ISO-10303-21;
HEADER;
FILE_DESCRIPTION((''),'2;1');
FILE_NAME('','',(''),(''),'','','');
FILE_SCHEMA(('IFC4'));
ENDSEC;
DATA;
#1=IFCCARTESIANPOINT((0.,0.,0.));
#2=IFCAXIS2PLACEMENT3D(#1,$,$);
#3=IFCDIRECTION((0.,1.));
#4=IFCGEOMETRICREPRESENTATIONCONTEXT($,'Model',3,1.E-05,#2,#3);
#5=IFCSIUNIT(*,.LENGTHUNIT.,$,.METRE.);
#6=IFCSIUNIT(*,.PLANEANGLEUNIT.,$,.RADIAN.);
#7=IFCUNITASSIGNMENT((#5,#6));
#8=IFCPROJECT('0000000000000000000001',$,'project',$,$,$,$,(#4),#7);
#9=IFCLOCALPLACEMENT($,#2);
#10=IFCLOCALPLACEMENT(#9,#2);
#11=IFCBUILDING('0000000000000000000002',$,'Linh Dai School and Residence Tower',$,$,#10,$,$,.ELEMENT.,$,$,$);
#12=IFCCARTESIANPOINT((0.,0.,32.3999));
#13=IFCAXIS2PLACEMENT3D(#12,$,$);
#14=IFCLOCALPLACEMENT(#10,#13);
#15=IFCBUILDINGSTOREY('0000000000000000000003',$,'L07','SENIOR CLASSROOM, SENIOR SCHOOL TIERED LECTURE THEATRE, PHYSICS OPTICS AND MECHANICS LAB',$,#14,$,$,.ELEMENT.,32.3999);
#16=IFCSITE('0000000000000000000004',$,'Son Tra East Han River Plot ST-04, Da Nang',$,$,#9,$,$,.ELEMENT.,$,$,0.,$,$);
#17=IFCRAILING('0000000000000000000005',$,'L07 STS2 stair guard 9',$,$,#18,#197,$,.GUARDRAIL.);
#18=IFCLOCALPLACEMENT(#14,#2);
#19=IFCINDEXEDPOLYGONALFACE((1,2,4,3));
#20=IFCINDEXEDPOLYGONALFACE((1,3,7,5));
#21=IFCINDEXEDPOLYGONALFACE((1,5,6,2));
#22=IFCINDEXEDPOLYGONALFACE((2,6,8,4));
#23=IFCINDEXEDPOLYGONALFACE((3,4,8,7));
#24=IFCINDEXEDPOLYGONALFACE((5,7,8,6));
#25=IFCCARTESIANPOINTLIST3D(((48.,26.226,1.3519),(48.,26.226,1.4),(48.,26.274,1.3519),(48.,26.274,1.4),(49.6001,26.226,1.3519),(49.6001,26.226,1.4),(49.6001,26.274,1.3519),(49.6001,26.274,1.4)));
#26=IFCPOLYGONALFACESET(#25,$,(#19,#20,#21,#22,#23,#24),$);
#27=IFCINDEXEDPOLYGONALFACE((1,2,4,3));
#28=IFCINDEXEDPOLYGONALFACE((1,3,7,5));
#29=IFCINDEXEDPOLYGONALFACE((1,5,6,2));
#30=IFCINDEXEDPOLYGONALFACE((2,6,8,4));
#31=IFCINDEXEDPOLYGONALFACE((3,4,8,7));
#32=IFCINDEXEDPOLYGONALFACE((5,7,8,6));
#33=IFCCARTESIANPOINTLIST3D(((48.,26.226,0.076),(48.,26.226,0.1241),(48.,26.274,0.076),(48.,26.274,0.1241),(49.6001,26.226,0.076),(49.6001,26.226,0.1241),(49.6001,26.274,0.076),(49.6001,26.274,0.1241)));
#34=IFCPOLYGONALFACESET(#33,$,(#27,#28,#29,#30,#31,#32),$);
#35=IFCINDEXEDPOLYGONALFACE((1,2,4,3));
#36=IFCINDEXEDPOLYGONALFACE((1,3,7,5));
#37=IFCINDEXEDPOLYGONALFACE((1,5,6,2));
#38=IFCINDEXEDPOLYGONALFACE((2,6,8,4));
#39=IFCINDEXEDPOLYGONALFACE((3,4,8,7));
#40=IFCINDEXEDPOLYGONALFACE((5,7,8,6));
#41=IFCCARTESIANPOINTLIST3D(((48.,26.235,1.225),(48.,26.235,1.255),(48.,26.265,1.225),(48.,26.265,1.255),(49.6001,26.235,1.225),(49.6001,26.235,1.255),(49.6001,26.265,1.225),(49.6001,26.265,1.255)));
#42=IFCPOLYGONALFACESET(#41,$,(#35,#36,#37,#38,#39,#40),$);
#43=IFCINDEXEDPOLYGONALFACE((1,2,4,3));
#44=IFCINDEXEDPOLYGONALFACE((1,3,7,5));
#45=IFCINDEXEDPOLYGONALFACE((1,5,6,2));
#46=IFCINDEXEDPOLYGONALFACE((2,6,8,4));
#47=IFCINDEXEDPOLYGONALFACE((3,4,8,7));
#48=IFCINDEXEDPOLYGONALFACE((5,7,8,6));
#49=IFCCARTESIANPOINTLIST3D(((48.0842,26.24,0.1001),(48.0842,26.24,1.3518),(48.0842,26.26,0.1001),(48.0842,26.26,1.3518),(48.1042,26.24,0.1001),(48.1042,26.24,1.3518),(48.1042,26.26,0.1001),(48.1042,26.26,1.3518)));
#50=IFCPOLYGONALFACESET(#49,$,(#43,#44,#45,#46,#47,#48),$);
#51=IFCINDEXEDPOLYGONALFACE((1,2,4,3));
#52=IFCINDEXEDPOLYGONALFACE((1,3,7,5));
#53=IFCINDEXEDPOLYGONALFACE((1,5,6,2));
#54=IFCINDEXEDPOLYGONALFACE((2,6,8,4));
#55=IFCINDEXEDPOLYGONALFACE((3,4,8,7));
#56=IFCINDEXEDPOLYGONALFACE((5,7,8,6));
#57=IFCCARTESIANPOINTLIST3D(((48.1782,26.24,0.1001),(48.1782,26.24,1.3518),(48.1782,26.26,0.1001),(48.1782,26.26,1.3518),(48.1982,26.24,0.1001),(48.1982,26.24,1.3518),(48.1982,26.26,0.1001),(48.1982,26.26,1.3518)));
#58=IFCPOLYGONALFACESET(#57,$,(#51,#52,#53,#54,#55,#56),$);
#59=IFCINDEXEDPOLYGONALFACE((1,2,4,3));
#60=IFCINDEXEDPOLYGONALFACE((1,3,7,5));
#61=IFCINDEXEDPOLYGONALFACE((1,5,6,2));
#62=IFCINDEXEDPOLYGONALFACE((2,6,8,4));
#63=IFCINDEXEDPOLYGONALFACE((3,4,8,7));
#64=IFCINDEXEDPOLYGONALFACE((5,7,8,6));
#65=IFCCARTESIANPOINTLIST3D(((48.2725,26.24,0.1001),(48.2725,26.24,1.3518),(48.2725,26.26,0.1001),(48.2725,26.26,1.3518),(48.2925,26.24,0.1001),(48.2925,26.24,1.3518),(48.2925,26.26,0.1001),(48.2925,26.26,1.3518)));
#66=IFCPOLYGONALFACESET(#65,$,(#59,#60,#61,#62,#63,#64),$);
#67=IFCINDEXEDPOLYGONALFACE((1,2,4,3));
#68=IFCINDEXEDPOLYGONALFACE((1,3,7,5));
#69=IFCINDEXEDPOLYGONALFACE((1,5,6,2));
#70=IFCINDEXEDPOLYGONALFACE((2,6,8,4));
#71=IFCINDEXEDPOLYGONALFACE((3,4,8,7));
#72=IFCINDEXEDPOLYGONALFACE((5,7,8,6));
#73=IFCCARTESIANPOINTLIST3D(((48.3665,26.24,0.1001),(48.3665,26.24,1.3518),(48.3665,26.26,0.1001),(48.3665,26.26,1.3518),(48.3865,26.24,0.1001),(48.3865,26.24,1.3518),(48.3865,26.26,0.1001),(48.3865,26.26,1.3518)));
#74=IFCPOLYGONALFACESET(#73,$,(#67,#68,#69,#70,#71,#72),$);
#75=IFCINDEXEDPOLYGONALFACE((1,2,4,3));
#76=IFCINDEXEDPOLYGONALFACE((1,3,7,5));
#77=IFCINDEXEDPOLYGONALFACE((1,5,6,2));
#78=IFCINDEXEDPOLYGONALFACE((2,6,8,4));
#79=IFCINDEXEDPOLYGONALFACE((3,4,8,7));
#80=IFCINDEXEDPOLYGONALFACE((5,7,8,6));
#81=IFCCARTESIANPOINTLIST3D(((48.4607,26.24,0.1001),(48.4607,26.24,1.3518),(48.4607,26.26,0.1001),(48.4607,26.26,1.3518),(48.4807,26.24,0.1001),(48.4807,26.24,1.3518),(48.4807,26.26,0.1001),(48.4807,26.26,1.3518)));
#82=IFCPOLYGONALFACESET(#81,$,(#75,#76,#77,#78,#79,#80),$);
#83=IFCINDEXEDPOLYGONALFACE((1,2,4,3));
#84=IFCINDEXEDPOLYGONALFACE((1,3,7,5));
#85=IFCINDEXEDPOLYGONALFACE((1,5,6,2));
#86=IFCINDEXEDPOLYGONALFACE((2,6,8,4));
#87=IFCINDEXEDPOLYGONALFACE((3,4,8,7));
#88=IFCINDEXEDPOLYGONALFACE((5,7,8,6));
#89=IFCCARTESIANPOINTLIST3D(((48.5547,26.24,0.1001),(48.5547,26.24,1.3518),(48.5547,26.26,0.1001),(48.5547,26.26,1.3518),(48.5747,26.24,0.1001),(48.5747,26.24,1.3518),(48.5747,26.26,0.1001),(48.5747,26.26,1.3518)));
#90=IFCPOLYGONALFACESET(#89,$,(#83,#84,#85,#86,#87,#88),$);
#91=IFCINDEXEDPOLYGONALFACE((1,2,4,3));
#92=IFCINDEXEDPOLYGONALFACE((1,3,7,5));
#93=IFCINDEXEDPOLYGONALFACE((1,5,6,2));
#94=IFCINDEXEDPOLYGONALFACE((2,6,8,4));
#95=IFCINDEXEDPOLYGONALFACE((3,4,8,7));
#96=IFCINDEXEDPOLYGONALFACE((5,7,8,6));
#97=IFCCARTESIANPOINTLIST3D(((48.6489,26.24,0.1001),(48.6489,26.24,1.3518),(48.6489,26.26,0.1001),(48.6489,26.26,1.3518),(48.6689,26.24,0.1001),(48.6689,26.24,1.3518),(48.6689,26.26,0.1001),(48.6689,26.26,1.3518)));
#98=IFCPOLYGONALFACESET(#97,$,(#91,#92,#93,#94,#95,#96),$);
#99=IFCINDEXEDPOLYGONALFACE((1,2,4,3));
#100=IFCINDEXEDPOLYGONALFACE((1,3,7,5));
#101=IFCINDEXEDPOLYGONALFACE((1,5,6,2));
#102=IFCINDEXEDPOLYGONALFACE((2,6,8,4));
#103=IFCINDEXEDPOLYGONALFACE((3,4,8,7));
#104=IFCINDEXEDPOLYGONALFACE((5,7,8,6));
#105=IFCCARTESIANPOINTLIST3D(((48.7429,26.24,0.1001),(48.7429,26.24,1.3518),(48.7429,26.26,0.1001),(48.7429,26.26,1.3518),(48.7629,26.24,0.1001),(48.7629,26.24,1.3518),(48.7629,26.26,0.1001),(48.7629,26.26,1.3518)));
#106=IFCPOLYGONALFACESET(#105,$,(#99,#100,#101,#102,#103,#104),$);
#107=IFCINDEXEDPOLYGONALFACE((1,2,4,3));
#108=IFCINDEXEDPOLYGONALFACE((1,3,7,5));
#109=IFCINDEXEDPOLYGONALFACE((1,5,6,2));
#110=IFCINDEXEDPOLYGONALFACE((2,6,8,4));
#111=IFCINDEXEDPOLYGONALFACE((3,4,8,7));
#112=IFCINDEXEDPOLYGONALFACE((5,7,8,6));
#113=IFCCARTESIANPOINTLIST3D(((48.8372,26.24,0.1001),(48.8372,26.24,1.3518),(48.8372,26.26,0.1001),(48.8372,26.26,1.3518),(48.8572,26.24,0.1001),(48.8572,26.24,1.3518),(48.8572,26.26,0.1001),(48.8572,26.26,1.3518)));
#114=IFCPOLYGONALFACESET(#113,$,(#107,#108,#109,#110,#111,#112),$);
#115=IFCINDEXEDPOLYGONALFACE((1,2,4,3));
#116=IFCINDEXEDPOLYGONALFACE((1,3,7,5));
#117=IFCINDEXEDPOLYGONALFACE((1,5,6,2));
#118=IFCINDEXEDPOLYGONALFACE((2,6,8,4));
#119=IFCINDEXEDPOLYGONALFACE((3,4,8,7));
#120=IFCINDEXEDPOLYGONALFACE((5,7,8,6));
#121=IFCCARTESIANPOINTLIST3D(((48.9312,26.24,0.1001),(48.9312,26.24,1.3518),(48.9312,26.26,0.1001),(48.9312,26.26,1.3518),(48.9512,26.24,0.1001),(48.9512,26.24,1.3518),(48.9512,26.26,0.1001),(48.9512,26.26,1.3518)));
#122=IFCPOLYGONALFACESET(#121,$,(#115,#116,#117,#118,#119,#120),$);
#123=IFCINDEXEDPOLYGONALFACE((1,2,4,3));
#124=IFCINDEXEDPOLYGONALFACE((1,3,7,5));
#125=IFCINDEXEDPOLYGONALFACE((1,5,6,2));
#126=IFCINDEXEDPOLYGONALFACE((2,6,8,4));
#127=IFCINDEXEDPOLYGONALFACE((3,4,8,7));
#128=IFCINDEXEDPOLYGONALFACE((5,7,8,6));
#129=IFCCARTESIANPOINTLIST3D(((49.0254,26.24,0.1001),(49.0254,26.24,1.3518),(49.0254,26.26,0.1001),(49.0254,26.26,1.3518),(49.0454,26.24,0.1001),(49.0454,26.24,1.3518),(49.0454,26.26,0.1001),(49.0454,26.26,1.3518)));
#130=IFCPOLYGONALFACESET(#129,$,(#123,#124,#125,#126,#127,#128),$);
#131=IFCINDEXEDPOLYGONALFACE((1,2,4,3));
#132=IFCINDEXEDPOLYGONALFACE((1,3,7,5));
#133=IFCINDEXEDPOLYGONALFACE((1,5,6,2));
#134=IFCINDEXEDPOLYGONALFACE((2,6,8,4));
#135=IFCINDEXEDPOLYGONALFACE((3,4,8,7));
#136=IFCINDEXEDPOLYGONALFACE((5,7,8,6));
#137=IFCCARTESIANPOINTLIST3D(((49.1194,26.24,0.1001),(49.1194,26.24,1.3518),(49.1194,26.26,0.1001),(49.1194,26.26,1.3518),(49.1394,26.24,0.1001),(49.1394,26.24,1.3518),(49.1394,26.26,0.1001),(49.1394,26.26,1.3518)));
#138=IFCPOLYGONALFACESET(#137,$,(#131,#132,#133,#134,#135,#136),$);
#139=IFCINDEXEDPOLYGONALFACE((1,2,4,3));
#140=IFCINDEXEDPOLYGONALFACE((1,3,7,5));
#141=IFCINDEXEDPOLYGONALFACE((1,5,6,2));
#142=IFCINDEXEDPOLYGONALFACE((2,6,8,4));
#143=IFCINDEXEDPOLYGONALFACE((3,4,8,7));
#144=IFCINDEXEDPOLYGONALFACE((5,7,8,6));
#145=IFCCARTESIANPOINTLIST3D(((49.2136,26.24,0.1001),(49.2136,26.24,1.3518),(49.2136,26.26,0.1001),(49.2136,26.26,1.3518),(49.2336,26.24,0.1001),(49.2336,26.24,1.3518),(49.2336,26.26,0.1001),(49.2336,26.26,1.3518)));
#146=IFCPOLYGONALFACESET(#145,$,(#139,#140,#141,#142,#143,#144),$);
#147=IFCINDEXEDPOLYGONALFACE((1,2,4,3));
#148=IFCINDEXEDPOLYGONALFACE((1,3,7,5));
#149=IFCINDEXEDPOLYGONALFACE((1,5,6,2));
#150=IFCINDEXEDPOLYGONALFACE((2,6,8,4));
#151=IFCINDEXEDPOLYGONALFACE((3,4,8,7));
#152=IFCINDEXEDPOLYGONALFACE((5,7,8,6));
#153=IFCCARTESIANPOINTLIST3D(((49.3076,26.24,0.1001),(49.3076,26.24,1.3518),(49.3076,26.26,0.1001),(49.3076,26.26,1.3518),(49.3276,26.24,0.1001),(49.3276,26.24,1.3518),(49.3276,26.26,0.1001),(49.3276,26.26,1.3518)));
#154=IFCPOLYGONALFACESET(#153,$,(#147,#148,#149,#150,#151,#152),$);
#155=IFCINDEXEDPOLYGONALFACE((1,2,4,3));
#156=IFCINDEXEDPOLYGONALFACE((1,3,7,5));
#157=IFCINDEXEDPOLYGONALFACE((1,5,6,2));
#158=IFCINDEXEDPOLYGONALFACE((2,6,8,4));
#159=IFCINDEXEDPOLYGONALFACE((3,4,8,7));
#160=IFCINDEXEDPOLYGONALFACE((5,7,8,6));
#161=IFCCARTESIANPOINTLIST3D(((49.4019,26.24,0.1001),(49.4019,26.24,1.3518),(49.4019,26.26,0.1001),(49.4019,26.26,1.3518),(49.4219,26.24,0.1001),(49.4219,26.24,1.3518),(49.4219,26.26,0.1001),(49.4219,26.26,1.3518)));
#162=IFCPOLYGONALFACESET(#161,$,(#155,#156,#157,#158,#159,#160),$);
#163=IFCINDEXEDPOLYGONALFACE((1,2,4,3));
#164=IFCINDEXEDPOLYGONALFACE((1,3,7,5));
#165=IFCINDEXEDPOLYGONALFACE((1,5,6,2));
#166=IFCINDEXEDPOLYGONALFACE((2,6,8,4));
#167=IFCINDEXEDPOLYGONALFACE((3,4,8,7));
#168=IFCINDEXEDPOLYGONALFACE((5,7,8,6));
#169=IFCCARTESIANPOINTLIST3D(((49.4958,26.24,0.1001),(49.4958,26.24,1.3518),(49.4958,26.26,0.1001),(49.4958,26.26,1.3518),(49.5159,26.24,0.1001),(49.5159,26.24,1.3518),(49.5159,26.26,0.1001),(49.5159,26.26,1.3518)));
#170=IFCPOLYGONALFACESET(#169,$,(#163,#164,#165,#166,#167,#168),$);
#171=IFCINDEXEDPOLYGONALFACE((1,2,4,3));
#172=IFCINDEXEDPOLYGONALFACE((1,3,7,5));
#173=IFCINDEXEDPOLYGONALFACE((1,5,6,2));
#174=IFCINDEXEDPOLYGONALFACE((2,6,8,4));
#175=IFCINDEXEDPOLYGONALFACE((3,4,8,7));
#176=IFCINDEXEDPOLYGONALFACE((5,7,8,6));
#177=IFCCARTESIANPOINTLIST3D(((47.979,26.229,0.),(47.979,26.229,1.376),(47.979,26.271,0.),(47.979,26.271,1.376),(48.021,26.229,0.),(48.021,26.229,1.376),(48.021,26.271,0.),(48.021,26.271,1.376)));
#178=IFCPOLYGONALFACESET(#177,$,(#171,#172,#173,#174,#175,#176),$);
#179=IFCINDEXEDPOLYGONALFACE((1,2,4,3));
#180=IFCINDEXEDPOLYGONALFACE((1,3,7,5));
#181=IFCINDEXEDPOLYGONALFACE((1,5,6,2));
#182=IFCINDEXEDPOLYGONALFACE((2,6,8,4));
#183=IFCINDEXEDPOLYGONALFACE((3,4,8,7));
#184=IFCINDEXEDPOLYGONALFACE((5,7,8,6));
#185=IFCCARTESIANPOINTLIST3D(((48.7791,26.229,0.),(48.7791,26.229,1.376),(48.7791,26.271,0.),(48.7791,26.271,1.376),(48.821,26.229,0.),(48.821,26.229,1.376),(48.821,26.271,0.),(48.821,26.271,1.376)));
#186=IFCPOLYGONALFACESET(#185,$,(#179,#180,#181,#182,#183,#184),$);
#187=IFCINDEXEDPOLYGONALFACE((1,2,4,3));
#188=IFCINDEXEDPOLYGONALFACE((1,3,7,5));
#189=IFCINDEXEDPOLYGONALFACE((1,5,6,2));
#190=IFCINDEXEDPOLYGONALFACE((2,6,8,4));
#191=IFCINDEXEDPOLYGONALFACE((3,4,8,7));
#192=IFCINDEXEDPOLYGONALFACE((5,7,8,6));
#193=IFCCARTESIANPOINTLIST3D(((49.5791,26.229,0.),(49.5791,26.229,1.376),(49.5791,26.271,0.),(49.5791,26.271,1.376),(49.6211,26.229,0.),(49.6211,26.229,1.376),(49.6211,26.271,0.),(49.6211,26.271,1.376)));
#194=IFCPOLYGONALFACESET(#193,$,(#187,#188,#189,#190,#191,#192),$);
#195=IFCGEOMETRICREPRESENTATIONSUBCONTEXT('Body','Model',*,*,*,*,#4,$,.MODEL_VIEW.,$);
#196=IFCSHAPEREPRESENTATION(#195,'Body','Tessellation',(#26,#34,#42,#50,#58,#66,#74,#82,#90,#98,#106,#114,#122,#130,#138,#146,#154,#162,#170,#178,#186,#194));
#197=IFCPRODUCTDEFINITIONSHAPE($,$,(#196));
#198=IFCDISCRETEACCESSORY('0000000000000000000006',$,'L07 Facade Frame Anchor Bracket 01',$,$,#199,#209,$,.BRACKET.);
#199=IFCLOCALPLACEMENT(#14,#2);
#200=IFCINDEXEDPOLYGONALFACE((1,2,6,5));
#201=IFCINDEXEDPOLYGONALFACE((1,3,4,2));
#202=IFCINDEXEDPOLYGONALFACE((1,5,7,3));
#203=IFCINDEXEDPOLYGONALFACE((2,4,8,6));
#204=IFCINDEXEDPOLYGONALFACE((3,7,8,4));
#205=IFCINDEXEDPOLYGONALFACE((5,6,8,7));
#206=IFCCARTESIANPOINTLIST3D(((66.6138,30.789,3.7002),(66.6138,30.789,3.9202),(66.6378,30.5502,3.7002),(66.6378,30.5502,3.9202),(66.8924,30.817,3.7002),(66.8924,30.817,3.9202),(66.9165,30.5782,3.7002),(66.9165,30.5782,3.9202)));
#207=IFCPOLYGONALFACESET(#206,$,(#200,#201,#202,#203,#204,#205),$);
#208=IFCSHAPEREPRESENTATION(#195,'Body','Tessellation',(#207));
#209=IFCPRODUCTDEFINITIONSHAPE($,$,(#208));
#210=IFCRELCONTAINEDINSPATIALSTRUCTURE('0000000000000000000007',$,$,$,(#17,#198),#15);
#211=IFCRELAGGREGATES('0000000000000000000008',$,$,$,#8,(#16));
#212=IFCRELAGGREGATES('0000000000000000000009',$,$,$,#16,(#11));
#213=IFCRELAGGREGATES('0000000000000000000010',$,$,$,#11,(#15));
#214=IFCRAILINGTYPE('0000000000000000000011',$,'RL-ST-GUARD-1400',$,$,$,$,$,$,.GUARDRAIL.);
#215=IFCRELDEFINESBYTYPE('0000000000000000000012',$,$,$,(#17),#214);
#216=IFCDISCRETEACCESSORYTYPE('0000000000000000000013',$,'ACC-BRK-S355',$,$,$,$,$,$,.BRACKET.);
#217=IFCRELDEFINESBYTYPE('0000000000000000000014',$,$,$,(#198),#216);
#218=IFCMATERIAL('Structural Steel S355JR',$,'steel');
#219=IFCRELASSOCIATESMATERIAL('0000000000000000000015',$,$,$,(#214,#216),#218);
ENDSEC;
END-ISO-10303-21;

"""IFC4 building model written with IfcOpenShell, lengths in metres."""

from ifc_helpers import new_model, si_unit, direction, frame, origin, origin_2d, place, context, subcontext, project, spatial, rectangle, extrude, source, transform, mapped, material, type_object, element, save


model = new_model("IFC4")

# Units and contexts
model_context = context("Model", 3, precision=1e-05, world=origin(), true_north=direction((0.0, 1.0)))
body_context = subcontext(model_context, "Body", "Model", "MODEL_VIEW")
ifc_project = project(units=[si_unit("LENGTHUNIT", "METRE"), si_unit("PLANEANGLEUNIT", "RADIAN")], contexts=[model_context])

# Site, building, storey
site_placement = place(None, origin())
site = spatial("IfcSite", under=ifc_project, at=site_placement, Name="Son Tra East Han River Plot ST-04, Da Nang", CompositionType="ELEMENT", RefElevation=0.0)
building_placement = place(site_placement, origin())
building = spatial("IfcBuilding", under=site, at=building_placement, Name="Linh Dai School and Residence Tower", CompositionType="ELEMENT")
storey_placement = place(building_placement, frame((0.0, 0.0, 32.3999)))
storey = spatial("IfcBuildingStorey", under=building, at=storey_placement, Name="L07", Description="SENIOR CLASSROOM, SENIOR SCHOOL TIERED LECTURE THEATRE, PHYSICS OPTICS AND MECHANICS LAB", CompositionType="ELEMENT", Elevation=32.3999)

# Shared definitions
ifc_material_1 = material(Name="Structural Steel S355JR", Category="steel")

# Railing
railing_type_1 = type_object("IfcRailingType", Name="RL-ST-GUARD-1400", PredefinedType="GUARDRAIL", material=ifc_material_1)
shared_shape_1 = source(origin(), body_context, "Body", "SweptSolid", [
    extrude(rectangle(XDim=0.0481, YDim=0.0481, at=origin_2d()), frame((0.0, 0.0, 1.376), z_axis=(1.0, 0.0, 0.0), x_axis=(0.0, 1.0, 0.0)), (0.0, 0.0, 1.0), 1.6001),
    extrude(rectangle(XDim=0.0481, YDim=0.0481, at=origin_2d()), frame((0.0, 0.0, 0.1001), z_axis=(1.0, 0.0, 0.0), x_axis=(0.0, 1.0, 0.0)), (0.0, 0.0, 1.0), 1.6001),
    extrude(rectangle(XDim=0.03, YDim=0.03, at=origin_2d()), frame((0.0, 0.0, 1.24), z_axis=(1.0, 0.0, 0.0), x_axis=(0.0, 1.0, 0.0)), (0.0, 0.0, 1.0), 1.6001),
    extrude(rectangle(XDim=0.02, YDim=0.02, at=origin_2d()), frame((0.0942, 0.0, 0.1001)), (0.0, 0.0, 1.0), 1.2517),
    extrude(rectangle(XDim=0.02, YDim=0.02, at=origin_2d()), frame((0.1882, 0.0, 0.1001)), (0.0, 0.0, 1.0), 1.2517),
    extrude(rectangle(XDim=0.02, YDim=0.02, at=origin_2d()), frame((0.2825, 0.0, 0.1001)), (0.0, 0.0, 1.0), 1.2517),
    extrude(rectangle(XDim=0.02, YDim=0.02, at=origin_2d()), frame((0.3765, 0.0, 0.1001)), (0.0, 0.0, 1.0), 1.2517),
    extrude(rectangle(XDim=0.02, YDim=0.02, at=origin_2d()), frame((0.4707, 0.0, 0.1001)), (0.0, 0.0, 1.0), 1.2517),
    extrude(rectangle(XDim=0.02, YDim=0.02, at=origin_2d()), frame((0.5647, 0.0, 0.1001)), (0.0, 0.0, 1.0), 1.2517),
    extrude(rectangle(XDim=0.02, YDim=0.02, at=origin_2d()), frame((0.6589, 0.0, 0.1001)), (0.0, 0.0, 1.0), 1.2517),
    extrude(rectangle(XDim=0.02, YDim=0.02, at=origin_2d()), frame((0.7529, 0.0, 0.1001)), (0.0, 0.0, 1.0), 1.2517),
    extrude(rectangle(XDim=0.02, YDim=0.02, at=origin_2d()), frame((0.8472, 0.0, 0.1001)), (0.0, 0.0, 1.0), 1.2517),
    extrude(rectangle(XDim=0.02, YDim=0.02, at=origin_2d()), frame((0.9412, 0.0, 0.1001)), (0.0, 0.0, 1.0), 1.2517),
    extrude(rectangle(XDim=0.02, YDim=0.02, at=origin_2d()), frame((1.0354, 0.0, 0.1001)), (0.0, 0.0, 1.0), 1.2517),
    extrude(rectangle(XDim=0.02, YDim=0.02, at=origin_2d()), frame((1.1294, 0.0, 0.1001)), (0.0, 0.0, 1.0), 1.2517),
    extrude(rectangle(XDim=0.02, YDim=0.02, at=origin_2d()), frame((1.2236, 0.0, 0.1001)), (0.0, 0.0, 1.0), 1.2517),
    extrude(rectangle(XDim=0.02, YDim=0.02, at=origin_2d()), frame((1.3176, 0.0, 0.1001)), (0.0, 0.0, 1.0), 1.2517),
    extrude(rectangle(XDim=0.02, YDim=0.02, at=origin_2d()), frame((1.4119, 0.0, 0.1001)), (0.0, 0.0, 1.0), 1.2517),
    extrude(rectangle(XDim=0.02, YDim=0.02, at=origin_2d()), frame((1.5059, 0.0, 0.1001)), (0.0, 0.0, 1.0), 1.2517),
    extrude(rectangle(XDim=0.042, YDim=0.042, at=origin_2d()), origin(), (0.0, 0.0, 1.0), 1.376),
    extrude(rectangle(XDim=0.042, YDim=0.042, at=origin_2d()), frame((0.8, 0.0, 0.0)), (0.0, 0.0, 1.0), 1.376),
    extrude(rectangle(XDim=0.042, YDim=0.042, at=origin_2d()), frame((1.6001, 0.0, 0.0)), (0.0, 0.0, 1.0), 1.376),
])
railing_1_placement = place(storey_placement, frame((48.0, 26.25, 0.0)))
element("IfcRailing", 1, at=railing_1_placement, inside=storey, type_object=railing_type_1, Name="L07 STS2 stair guard 9", PredefinedType="GUARDRAIL", context=body_context, shape_type="MappedRepresentation", body=[
    mapped(shared_shape_1, transform((0.0, 0.0, 0.0), x_axis=(1.0, 0.0, 0.0), y_axis=(0.0, 1.0, 0.0), z_axis=(0.0, 0.0, 1.0), scale=1.0)),
])

# Discrete accessory
discrete_accessory_type = type_object("IfcDiscreteAccessoryType", Name="ACC-BRK-S355", PredefinedType="BRACKET", material=ifc_material_1)
shared_shape_2 = source(origin(), body_context, "Body", "SweptSolid", [
    extrude(rectangle(XDim=0.28, YDim=0.24, at=origin_2d()), origin(), (0.0, 0.0, 1.0), 0.22),
])
discrete_accessory_placement = place(storey_placement, frame((66.7651, 30.6836, 3.7002), z_axis=(0.0, 0.0, 1.0), x_axis=(0.994986, 0.100009, 0.0)))
element("IfcDiscreteAccessory", 2, at=discrete_accessory_placement, inside=storey, type_object=discrete_accessory_type, Name="L07 Facade Frame Anchor Bracket 01", PredefinedType="BRACKET", context=body_context, shape_type="MappedRepresentation", body=[
    mapped(shared_shape_2, transform((0.0, 0.0, 0.0), x_axis=(1.0, 0.0, 0.0), y_axis=(0.0, 1.0, 0.0), z_axis=(0.0, 0.0, 1.0), scale=1.0)),
])

save(model, "model.ifc")
